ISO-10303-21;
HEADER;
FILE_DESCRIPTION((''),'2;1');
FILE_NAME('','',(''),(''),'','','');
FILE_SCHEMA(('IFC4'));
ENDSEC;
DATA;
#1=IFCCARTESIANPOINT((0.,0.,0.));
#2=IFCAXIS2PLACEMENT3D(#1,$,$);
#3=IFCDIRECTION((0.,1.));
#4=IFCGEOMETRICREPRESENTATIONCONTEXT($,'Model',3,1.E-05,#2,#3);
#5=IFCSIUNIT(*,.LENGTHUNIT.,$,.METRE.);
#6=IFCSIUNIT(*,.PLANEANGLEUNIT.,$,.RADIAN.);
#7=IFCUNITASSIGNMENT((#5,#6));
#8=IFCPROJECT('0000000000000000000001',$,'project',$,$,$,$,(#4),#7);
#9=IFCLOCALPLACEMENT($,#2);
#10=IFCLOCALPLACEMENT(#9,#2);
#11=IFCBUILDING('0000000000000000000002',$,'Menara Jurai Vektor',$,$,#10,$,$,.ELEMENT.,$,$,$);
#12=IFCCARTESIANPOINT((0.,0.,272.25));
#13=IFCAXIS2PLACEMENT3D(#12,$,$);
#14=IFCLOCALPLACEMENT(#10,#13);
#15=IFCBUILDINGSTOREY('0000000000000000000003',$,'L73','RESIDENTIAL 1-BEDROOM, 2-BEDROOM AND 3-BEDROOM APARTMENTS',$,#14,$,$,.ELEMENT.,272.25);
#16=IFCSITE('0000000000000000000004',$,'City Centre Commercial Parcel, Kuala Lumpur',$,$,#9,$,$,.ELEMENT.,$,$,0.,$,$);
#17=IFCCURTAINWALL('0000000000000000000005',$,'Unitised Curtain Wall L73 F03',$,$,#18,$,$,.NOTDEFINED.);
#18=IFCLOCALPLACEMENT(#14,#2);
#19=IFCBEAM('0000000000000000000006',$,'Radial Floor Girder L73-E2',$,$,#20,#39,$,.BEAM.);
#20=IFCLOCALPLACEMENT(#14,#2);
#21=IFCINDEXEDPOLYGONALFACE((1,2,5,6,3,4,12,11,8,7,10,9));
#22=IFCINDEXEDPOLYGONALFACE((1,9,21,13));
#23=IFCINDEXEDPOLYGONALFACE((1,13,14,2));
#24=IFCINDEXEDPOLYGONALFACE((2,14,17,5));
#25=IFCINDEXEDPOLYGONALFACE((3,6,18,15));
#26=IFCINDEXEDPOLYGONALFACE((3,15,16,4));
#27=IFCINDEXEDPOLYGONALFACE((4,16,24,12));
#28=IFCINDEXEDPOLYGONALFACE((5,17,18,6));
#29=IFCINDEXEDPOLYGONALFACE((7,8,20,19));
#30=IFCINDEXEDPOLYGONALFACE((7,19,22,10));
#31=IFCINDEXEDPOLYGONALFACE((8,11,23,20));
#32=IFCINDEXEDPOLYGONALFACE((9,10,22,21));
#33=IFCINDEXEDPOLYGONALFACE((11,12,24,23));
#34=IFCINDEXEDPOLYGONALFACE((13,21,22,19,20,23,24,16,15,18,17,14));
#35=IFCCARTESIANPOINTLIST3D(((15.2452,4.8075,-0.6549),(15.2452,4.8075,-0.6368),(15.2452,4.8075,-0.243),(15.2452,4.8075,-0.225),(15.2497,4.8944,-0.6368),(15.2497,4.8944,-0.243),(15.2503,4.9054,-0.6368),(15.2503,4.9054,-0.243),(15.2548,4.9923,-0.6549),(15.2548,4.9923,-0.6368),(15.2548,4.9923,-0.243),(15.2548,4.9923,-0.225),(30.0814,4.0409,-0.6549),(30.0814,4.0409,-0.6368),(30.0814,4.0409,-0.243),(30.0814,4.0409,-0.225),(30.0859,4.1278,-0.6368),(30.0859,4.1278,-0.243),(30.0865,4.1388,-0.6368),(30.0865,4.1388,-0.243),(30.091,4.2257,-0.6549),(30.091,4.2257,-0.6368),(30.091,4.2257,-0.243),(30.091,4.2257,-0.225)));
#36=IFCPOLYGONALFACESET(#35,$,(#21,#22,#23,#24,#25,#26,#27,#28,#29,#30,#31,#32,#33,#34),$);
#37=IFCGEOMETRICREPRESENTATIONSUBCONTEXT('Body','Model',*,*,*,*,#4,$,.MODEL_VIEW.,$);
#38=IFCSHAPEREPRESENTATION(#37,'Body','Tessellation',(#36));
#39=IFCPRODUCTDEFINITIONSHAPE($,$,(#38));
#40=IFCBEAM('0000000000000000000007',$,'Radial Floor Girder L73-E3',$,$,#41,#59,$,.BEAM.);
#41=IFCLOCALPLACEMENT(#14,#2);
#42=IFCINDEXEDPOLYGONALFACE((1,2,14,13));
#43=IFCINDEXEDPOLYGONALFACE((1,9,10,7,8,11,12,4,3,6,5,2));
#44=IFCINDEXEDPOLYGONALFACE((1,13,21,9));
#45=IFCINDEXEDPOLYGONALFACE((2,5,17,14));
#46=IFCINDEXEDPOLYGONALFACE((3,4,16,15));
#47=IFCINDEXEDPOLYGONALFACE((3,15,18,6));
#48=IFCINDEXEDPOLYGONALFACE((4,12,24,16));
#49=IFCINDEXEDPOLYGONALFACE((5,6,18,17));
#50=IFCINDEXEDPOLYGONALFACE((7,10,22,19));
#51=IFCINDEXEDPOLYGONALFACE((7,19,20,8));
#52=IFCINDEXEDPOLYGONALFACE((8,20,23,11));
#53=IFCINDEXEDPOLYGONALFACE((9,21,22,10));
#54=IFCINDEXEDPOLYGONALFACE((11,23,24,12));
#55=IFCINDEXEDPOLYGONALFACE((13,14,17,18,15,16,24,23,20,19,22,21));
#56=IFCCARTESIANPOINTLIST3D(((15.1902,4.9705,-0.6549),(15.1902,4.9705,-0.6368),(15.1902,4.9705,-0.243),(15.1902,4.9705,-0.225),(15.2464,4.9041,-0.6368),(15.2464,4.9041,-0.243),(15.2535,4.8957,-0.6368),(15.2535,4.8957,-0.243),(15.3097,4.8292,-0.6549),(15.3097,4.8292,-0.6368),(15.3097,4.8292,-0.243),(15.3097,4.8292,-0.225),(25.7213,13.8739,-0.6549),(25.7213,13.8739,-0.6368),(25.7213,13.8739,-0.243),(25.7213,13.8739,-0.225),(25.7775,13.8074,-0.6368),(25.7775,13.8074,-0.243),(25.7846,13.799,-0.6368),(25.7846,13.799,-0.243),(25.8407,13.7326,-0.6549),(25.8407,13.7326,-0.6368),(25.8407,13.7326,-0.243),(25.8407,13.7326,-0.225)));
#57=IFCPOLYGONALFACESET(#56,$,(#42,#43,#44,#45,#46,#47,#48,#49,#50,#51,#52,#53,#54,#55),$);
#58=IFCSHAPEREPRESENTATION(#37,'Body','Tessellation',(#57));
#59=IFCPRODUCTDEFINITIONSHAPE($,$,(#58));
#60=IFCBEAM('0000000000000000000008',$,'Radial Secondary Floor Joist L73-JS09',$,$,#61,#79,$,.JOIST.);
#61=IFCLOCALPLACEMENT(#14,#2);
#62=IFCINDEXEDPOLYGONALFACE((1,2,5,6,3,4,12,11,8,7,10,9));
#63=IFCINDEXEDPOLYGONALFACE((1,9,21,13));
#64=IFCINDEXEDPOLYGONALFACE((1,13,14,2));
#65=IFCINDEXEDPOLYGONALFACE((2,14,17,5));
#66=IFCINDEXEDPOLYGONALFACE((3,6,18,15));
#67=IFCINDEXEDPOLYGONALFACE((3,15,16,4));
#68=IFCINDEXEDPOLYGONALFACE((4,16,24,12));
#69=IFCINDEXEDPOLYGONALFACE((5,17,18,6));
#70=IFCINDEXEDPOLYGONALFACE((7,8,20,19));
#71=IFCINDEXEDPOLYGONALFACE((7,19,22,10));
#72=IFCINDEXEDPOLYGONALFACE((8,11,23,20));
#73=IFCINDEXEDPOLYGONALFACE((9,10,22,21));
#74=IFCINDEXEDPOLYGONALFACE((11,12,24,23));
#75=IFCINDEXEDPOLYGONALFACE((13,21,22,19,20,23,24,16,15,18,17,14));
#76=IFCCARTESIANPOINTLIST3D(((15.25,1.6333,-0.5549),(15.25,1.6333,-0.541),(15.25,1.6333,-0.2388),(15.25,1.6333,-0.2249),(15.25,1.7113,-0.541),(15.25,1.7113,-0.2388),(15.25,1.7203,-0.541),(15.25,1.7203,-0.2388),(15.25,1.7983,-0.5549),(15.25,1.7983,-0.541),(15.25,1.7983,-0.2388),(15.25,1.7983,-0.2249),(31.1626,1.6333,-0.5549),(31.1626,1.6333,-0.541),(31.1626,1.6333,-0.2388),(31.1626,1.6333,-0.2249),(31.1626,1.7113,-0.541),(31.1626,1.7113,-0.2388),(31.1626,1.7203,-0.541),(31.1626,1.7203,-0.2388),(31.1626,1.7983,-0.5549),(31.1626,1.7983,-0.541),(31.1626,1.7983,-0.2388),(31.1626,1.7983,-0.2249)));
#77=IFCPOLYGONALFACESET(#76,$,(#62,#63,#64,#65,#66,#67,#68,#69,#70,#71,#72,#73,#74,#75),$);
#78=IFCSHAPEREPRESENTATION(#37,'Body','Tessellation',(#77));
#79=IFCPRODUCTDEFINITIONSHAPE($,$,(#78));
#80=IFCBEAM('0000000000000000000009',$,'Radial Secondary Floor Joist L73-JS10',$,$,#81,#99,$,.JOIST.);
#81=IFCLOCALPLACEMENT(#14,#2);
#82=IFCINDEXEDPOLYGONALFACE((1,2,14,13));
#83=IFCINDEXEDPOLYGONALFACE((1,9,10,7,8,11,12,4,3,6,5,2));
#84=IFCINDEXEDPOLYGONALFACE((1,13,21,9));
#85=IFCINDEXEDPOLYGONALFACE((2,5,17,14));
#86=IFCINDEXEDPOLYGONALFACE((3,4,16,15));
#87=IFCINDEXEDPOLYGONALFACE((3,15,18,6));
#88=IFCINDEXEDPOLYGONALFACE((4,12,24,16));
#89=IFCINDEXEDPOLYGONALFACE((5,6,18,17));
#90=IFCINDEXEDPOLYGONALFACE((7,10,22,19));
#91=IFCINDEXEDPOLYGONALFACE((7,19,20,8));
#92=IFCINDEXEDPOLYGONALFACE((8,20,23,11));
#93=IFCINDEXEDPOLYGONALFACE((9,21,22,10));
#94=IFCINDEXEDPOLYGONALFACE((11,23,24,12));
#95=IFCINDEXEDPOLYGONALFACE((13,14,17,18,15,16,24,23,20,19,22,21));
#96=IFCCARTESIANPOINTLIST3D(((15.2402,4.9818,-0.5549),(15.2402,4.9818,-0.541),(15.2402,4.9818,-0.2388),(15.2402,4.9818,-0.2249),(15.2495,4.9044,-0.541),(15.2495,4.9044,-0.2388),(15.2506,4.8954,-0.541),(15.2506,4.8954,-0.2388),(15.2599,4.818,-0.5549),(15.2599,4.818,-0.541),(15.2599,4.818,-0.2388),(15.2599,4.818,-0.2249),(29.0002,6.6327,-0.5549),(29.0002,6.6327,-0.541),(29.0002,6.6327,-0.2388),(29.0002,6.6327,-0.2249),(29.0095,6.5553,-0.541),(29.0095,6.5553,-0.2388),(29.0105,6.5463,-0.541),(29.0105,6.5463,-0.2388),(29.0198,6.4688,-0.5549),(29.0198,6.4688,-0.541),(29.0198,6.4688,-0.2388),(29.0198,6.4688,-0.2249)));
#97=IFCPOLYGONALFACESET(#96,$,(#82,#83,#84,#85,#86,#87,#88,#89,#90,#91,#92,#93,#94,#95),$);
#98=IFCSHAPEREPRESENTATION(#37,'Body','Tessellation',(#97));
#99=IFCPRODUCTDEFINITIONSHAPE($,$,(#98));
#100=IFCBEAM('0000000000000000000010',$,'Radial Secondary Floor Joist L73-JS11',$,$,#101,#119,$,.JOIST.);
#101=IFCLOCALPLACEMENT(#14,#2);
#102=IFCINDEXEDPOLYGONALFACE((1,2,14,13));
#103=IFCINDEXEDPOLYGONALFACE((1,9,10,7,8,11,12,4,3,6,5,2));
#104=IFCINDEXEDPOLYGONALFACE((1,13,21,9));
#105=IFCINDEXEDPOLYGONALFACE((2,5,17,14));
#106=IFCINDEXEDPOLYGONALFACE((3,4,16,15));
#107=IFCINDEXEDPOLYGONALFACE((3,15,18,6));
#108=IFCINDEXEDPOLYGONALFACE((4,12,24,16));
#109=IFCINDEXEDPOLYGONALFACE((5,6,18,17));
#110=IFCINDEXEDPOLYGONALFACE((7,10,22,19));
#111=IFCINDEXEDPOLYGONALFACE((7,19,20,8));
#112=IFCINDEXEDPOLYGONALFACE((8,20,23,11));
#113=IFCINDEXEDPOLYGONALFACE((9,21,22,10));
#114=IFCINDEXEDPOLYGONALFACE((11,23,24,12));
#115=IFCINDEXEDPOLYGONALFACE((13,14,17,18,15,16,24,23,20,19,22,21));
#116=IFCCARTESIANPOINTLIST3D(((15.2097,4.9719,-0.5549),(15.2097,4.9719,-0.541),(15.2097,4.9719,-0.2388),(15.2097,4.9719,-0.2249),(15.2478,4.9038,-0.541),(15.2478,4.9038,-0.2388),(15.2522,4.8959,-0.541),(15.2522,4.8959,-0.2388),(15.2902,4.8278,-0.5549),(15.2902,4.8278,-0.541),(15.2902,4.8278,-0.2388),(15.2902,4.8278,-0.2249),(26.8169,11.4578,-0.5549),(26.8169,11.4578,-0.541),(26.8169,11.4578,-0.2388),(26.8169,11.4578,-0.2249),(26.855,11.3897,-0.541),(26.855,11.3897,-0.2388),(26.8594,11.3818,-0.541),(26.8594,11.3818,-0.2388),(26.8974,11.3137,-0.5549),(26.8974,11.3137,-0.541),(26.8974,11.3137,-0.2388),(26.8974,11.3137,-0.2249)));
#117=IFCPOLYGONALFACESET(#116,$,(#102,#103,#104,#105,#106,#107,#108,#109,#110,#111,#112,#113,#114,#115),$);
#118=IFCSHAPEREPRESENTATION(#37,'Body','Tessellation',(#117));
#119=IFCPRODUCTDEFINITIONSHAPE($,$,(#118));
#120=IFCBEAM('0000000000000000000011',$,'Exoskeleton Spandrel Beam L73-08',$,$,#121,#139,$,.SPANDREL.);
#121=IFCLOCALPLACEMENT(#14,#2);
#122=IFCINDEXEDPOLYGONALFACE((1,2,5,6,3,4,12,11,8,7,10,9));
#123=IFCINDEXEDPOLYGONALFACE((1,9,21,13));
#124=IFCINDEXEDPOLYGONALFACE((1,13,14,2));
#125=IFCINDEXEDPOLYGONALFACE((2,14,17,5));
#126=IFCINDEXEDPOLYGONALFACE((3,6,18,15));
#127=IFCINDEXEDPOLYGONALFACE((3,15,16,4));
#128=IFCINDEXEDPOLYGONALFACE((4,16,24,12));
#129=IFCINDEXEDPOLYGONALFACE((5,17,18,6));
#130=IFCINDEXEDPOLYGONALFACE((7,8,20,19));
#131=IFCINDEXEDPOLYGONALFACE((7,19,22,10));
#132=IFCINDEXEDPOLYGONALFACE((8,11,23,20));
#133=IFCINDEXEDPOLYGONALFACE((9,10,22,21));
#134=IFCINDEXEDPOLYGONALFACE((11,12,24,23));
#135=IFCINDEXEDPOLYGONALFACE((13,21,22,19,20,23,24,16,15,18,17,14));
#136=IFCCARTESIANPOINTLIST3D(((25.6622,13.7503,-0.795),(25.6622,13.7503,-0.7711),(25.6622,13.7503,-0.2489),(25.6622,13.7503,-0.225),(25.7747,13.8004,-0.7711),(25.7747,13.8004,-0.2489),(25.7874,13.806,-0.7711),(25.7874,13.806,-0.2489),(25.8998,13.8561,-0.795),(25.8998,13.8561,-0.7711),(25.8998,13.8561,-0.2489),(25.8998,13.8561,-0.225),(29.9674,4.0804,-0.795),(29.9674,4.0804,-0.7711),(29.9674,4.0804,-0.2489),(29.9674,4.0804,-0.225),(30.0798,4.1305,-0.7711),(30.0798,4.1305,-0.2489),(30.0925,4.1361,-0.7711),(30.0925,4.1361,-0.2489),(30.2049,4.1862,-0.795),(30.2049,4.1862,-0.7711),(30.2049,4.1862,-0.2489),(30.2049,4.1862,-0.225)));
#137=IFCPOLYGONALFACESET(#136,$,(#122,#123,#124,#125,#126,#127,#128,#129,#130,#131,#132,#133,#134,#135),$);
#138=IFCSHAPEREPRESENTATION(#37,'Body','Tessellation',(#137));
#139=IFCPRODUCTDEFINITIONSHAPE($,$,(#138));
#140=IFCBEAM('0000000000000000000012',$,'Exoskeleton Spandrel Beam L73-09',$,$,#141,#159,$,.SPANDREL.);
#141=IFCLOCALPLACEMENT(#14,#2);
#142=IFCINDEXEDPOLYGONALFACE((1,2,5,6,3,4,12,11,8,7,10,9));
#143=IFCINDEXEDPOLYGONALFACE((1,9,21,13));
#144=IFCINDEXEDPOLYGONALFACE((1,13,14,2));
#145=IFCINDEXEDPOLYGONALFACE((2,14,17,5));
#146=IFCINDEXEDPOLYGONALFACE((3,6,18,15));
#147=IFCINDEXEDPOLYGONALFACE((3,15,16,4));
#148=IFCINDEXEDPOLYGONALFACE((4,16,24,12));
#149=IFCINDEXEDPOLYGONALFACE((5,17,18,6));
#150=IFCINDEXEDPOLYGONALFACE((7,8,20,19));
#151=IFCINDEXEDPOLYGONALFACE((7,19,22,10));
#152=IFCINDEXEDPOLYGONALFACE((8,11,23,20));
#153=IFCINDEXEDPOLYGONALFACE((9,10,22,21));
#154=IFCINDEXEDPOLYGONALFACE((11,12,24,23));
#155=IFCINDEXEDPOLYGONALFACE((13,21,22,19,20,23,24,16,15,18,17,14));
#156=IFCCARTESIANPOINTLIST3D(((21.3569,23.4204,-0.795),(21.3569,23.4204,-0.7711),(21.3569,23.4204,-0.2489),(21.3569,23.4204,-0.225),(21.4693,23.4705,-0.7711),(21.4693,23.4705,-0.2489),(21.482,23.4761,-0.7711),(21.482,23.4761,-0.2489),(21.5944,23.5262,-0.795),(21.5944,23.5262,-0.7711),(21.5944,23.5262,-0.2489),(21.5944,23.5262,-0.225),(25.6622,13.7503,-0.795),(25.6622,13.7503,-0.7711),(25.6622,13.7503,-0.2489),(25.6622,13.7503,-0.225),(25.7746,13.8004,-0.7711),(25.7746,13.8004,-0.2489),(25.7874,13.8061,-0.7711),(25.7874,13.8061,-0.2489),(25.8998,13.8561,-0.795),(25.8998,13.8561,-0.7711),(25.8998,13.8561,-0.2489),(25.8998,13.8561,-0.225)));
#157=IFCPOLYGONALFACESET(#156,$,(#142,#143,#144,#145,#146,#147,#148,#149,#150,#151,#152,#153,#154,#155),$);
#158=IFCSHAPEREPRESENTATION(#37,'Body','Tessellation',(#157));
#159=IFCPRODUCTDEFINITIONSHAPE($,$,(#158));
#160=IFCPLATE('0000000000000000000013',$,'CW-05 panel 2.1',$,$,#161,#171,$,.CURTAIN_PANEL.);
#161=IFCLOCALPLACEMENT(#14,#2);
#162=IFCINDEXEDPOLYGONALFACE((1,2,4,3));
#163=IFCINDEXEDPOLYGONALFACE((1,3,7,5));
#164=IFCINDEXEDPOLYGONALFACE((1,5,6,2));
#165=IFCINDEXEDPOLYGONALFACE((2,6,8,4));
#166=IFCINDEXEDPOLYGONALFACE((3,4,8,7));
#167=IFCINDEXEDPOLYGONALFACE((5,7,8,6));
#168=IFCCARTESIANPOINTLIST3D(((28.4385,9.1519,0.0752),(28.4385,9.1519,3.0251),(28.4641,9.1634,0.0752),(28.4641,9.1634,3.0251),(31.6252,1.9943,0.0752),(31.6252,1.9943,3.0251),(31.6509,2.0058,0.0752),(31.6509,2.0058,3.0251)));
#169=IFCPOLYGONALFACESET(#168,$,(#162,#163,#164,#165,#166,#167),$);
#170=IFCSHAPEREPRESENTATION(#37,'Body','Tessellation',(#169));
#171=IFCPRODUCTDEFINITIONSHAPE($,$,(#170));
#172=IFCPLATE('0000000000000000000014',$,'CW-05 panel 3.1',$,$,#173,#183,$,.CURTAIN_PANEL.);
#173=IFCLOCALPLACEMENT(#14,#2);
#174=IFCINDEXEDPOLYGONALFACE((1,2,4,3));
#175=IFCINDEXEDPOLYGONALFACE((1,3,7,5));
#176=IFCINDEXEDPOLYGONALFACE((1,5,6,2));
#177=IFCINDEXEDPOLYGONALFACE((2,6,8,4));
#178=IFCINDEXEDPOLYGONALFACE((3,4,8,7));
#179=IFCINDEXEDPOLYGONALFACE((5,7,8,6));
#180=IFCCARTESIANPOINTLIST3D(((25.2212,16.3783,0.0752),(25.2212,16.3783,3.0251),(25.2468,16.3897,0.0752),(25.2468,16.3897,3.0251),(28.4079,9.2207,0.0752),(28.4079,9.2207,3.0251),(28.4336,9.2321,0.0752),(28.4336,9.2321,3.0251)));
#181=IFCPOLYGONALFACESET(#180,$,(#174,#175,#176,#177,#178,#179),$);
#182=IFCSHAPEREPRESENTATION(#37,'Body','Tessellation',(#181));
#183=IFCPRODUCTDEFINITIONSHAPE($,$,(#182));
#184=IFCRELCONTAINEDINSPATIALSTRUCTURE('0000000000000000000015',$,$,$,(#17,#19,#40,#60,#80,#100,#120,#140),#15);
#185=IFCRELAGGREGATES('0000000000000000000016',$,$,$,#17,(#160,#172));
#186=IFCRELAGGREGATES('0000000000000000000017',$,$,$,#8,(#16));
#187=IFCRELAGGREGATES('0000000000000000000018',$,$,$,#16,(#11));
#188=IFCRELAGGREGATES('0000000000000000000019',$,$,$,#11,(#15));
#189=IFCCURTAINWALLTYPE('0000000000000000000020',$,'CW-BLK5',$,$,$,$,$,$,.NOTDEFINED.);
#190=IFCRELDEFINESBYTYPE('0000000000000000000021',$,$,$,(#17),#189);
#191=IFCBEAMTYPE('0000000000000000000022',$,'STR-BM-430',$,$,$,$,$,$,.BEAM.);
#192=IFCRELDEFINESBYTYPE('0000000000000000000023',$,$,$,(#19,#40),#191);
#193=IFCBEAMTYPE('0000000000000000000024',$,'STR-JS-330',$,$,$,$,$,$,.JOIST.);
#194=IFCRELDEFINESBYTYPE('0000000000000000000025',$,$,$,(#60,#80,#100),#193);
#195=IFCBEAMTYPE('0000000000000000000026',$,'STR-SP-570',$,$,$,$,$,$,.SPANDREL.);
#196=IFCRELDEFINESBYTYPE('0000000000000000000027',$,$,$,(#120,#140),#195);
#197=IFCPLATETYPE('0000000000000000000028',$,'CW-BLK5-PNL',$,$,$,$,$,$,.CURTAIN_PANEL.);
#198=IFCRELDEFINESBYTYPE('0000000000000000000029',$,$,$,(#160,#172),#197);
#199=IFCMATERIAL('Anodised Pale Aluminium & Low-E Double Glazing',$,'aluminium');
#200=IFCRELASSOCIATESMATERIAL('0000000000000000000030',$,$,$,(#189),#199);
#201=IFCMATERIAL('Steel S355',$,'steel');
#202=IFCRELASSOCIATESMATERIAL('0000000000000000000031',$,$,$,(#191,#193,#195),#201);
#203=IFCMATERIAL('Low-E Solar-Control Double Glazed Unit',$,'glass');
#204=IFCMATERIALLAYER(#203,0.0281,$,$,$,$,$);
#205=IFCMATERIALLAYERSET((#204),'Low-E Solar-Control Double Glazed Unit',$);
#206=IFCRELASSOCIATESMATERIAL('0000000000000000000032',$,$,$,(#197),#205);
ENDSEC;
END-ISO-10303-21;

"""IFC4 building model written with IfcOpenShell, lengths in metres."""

from ifc_helpers import new_model, si_unit, direction, frame, origin, origin_2d, place, context, subcontext, project, spatial, rectangle, i_section, extrude, material, layer, layer_set, material_profile, profile_set, type_object, element, aggregate, save


model = new_model("IFC4")

# Units and contexts
model_context = context("Model", 3, precision=1e-05, world=origin(), true_north=direction((0.0, 1.0)))
body_context = subcontext(model_context, "Body", "Model", "MODEL_VIEW")
ifc_project = project(units=[si_unit("LENGTHUNIT", "METRE"), si_unit("PLANEANGLEUNIT", "RADIAN")], contexts=[model_context])

# Site, building, storey
site_placement = place(None, origin())
site = spatial("IfcSite", under=ifc_project, at=site_placement, Name="City Centre Commercial Parcel, Kuala Lumpur", CompositionType="ELEMENT", RefElevation=0.0)
building_placement = place(site_placement, origin())
building = spatial("IfcBuilding", under=site, at=building_placement, Name="Menara Jurai Vektor", CompositionType="ELEMENT")
storey_placement = place(building_placement, frame((0.0, 0.0, 272.25)))
storey = spatial("IfcBuildingStorey", under=building, at=storey_placement, Name="L73", Description="RESIDENTIAL 1-BEDROOM, 2-BEDROOM AND 3-BEDROOM APARTMENTS", CompositionType="ELEMENT", Elevation=272.25)

# Curtain wall
ifc_material_1 = material(Name="Anodised Pale Aluminium & Low-E Double Glazing", Category="aluminium")
curtain_wall_type = type_object("IfcCurtainWallType", Name="CW-BLK5", PredefinedType="NOTDEFINED", material=ifc_material_1)
curtain_wall_placement = place(storey_placement, origin())
curtain_wall = element("IfcCurtainWall", 1, at=curtain_wall_placement, inside=storey, type_object=curtain_wall_type, Name="Unitised Curtain Wall L73 F03", PredefinedType="NOTDEFINED")

# Beams
ifc_material_2 = material(Name="Steel S355", Category="steel")
ifc_material_profile_1 = material_profile(ifc_material_2, i_section(OverallWidth=0.1851, OverallDepth=0.4299, WebThickness=0.011, FlangeThickness=0.0181, at=origin_2d()), Name="PG 430x185x76")
ifc_profile_set_1 = profile_set([ifc_material_profile_1], Name="Steel S355")
beam_type_1 = type_object("IfcBeamType", Name="STR-BM-430", PredefinedType="BEAM", material=ifc_profile_set_1)
beam_1_placement = place(storey_placement, frame((30.0862, 4.1333, -0.4399), z_axis=(-0.998668, 0.051602, 0.0), x_axis=(-0.051602, -0.998668, 0.0)))
element("IfcBeam", 2, at=beam_1_placement, inside=storey, type_object=beam_type_1, Name="Radial Floor Girder L73-E2", PredefinedType="BEAM", context=body_context, shape_type="SweptSolid", body=[
    extrude(i_section(OverallWidth=0.1851, OverallDepth=0.4299, WebThickness=0.011, FlangeThickness=0.0181, at=origin_2d()), origin(), (0.0, 0.0, 1.0), 14.856),
])
beam_2_placement = place(storey_placement, frame((25.781, 13.8032, -0.4399), z_axis=(-0.763656, -0.645624, 0.0), x_axis=(0.645624, -0.763656, 0.0)))
element("IfcBeam", 3, at=beam_2_placement, inside=storey, type_object=beam_type_1, Name="Radial Floor Girder L73-E3", PredefinedType="BEAM", context=body_context, shape_type="SweptSolid", body=[
    extrude(i_section(OverallWidth=0.1851, OverallDepth=0.4299, WebThickness=0.011, FlangeThickness=0.0181, at=origin_2d()), origin(), (0.0, 0.0, 1.0), 13.7903),
])
ifc_material_profile_2 = material_profile(ifc_material_2, i_section(OverallWidth=0.165, OverallDepth=0.3301, WebThickness=0.009, FlangeThickness=0.0139, at=origin_2d()), Name="PG 330x165x46")
ifc_profile_set_2 = profile_set([ifc_material_profile_2], Name="Steel S355")
beam_type_2 = type_object("IfcBeamType", Name="STR-JS-330", PredefinedType="JOIST", material=ifc_profile_set_2)
beam_3_placement = place(storey_placement, frame((31.1626, 1.7158, -0.3899), z_axis=(-1.0, 0.0, 0.0), x_axis=(0.0, -1.0, 0.0)))
element("IfcBeam", 4, at=beam_3_placement, inside=storey, type_object=beam_type_2, Name="Radial Secondary Floor Joist L73-JS09", PredefinedType="JOIST", context=body_context, shape_type="SweptSolid", body=[
    extrude(i_section(OverallWidth=0.165, OverallDepth=0.3301, WebThickness=0.009, FlangeThickness=0.0139, at=origin_2d()), origin(), (0.0, 0.0, 1.0), 15.9126),
])
beam_4_placement = place(storey_placement, frame((29.01, 6.5508, -0.3899), z_axis=(-0.99288, -0.119122, 0.0), x_axis=(0.119122, -0.99288, 0.0)))
element("IfcBeam", 5, at=beam_4_placement, inside=storey, type_object=beam_type_2, Name="Radial Secondary Floor Joist L73-JS10", PredefinedType="JOIST", context=body_context, shape_type="SweptSolid", body=[
    extrude(i_section(OverallWidth=0.165, OverallDepth=0.3301, WebThickness=0.009, FlangeThickness=0.0139, at=origin_2d()), origin(), (0.0, 0.0, 1.0), 13.8586),
])
beam_5_placement = place(storey_placement, frame((26.8572, 11.3857, -0.3899), z_axis=(-0.87296, -0.487791, 0.0), x_axis=(0.487791, -0.87296, 0.0)))
element("IfcBeam", 6, at=beam_5_placement, inside=storey, type_object=beam_type_2, Name="Radial Secondary Floor Joist L73-JS11", PredefinedType="JOIST", context=body_context, shape_type="SweptSolid", body=[
    extrude(i_section(OverallWidth=0.165, OverallDepth=0.3301, WebThickness=0.009, FlangeThickness=0.0139, at=origin_2d()), origin(), (0.0, 0.0, 1.0), 13.2964),
])
ifc_material_profile_3 = material_profile(ifc_material_2, i_section(OverallWidth=0.26, OverallDepth=0.5701, WebThickness=0.0139, FlangeThickness=0.0239, at=origin_2d()), Name="PG 570x260x145")
ifc_profile_set_3 = profile_set([ifc_material_profile_3], Name="Steel S355")
beam_type_3 = type_object("IfcBeamType", Name="STR-SP-570", PredefinedType="SPANDREL", material=ifc_profile_set_3)
beam_6_placement = place(storey_placement, frame((30.0862, 4.1333, -0.51), z_axis=(-0.406725, 0.913551, 0.0), x_axis=(-0.913551, -0.406725, 0.0)))
element("IfcBeam", 7, at=beam_6_placement, inside=storey, type_object=beam_type_3, Name="Exoskeleton Spandrel Beam L73-08", PredefinedType="SPANDREL", context=body_context, shape_type="SweptSolid", body=[
    extrude(i_section(OverallWidth=0.26, OverallDepth=0.5701, WebThickness=0.0139, FlangeThickness=0.0239, at=origin_2d()), origin(), (0.0, 0.0, 1.0), 10.585),
])
beam_7_placement = place(storey_placement, frame((25.781, 13.8032, -0.51), z_axis=(-0.406735, 0.913546, 0.0), x_axis=(-0.913546, -0.406735, 0.0)))
element("IfcBeam", 8, at=beam_7_placement, inside=storey, type_object=beam_type_3, Name="Exoskeleton Spandrel Beam L73-09", PredefinedType="SPANDREL", context=body_context, shape_type="SweptSolid", body=[
    extrude(i_section(OverallWidth=0.26, OverallDepth=0.5701, WebThickness=0.0139, FlangeThickness=0.0239, at=origin_2d()), origin(), (0.0, 0.0, 1.0), 10.5852),
])

# Plates
ifc_material_3 = material(Name="Low-E Solar-Control Double Glazed Unit", Category="glass")
ifc_layer_1 = layer(ifc_material_3, 0.0281)
ifc_layer_set_1 = layer_set([ifc_layer_1], Name="Low-E Solar-Control Double Glazed Unit")
plate_type_1 = type_object("IfcPlateType", Name="CW-BLK5-PNL", PredefinedType="CURTAIN_PANEL", material=ifc_layer_set_1)
plate_1_placement = place(storey_placement, frame((30.0447, 5.5789, 0.0752), z_axis=(0.0, 0.0, 1.0), x_axis=(-0.406735, 0.913546, 0.0)))
plate_1 = element("IfcPlate", 9, at=plate_1_placement, type_object=plate_type_1, Name="CW-05 panel 2.1", PredefinedType="CURTAIN_PANEL", context=body_context, shape_type="SweptSolid", body=[
    extrude(rectangle(XDim=7.835, YDim=0.0281, at=origin_2d()), origin(), (0.0, 0.0, 1.0), 2.95),
])
plate_2_placement = place(storey_placement, frame((26.8274, 12.8052, 0.0752), z_axis=(0.0, 0.0, 1.0), x_axis=(-0.406735, 0.913546, 0.0)))
plate_2 = element("IfcPlate", 10, at=plate_2_placement, type_object=plate_type_1, Name="CW-05 panel 3.1", PredefinedType="CURTAIN_PANEL", context=body_context, shape_type="SweptSolid", body=[
    extrude(rectangle(XDim=7.835, YDim=0.0281, at=origin_2d()), origin(), (0.0, 0.0, 1.0), 2.95),
])
aggregate(curtain_wall, [plate_1, plate_2])

save(model, "model.ifc")
